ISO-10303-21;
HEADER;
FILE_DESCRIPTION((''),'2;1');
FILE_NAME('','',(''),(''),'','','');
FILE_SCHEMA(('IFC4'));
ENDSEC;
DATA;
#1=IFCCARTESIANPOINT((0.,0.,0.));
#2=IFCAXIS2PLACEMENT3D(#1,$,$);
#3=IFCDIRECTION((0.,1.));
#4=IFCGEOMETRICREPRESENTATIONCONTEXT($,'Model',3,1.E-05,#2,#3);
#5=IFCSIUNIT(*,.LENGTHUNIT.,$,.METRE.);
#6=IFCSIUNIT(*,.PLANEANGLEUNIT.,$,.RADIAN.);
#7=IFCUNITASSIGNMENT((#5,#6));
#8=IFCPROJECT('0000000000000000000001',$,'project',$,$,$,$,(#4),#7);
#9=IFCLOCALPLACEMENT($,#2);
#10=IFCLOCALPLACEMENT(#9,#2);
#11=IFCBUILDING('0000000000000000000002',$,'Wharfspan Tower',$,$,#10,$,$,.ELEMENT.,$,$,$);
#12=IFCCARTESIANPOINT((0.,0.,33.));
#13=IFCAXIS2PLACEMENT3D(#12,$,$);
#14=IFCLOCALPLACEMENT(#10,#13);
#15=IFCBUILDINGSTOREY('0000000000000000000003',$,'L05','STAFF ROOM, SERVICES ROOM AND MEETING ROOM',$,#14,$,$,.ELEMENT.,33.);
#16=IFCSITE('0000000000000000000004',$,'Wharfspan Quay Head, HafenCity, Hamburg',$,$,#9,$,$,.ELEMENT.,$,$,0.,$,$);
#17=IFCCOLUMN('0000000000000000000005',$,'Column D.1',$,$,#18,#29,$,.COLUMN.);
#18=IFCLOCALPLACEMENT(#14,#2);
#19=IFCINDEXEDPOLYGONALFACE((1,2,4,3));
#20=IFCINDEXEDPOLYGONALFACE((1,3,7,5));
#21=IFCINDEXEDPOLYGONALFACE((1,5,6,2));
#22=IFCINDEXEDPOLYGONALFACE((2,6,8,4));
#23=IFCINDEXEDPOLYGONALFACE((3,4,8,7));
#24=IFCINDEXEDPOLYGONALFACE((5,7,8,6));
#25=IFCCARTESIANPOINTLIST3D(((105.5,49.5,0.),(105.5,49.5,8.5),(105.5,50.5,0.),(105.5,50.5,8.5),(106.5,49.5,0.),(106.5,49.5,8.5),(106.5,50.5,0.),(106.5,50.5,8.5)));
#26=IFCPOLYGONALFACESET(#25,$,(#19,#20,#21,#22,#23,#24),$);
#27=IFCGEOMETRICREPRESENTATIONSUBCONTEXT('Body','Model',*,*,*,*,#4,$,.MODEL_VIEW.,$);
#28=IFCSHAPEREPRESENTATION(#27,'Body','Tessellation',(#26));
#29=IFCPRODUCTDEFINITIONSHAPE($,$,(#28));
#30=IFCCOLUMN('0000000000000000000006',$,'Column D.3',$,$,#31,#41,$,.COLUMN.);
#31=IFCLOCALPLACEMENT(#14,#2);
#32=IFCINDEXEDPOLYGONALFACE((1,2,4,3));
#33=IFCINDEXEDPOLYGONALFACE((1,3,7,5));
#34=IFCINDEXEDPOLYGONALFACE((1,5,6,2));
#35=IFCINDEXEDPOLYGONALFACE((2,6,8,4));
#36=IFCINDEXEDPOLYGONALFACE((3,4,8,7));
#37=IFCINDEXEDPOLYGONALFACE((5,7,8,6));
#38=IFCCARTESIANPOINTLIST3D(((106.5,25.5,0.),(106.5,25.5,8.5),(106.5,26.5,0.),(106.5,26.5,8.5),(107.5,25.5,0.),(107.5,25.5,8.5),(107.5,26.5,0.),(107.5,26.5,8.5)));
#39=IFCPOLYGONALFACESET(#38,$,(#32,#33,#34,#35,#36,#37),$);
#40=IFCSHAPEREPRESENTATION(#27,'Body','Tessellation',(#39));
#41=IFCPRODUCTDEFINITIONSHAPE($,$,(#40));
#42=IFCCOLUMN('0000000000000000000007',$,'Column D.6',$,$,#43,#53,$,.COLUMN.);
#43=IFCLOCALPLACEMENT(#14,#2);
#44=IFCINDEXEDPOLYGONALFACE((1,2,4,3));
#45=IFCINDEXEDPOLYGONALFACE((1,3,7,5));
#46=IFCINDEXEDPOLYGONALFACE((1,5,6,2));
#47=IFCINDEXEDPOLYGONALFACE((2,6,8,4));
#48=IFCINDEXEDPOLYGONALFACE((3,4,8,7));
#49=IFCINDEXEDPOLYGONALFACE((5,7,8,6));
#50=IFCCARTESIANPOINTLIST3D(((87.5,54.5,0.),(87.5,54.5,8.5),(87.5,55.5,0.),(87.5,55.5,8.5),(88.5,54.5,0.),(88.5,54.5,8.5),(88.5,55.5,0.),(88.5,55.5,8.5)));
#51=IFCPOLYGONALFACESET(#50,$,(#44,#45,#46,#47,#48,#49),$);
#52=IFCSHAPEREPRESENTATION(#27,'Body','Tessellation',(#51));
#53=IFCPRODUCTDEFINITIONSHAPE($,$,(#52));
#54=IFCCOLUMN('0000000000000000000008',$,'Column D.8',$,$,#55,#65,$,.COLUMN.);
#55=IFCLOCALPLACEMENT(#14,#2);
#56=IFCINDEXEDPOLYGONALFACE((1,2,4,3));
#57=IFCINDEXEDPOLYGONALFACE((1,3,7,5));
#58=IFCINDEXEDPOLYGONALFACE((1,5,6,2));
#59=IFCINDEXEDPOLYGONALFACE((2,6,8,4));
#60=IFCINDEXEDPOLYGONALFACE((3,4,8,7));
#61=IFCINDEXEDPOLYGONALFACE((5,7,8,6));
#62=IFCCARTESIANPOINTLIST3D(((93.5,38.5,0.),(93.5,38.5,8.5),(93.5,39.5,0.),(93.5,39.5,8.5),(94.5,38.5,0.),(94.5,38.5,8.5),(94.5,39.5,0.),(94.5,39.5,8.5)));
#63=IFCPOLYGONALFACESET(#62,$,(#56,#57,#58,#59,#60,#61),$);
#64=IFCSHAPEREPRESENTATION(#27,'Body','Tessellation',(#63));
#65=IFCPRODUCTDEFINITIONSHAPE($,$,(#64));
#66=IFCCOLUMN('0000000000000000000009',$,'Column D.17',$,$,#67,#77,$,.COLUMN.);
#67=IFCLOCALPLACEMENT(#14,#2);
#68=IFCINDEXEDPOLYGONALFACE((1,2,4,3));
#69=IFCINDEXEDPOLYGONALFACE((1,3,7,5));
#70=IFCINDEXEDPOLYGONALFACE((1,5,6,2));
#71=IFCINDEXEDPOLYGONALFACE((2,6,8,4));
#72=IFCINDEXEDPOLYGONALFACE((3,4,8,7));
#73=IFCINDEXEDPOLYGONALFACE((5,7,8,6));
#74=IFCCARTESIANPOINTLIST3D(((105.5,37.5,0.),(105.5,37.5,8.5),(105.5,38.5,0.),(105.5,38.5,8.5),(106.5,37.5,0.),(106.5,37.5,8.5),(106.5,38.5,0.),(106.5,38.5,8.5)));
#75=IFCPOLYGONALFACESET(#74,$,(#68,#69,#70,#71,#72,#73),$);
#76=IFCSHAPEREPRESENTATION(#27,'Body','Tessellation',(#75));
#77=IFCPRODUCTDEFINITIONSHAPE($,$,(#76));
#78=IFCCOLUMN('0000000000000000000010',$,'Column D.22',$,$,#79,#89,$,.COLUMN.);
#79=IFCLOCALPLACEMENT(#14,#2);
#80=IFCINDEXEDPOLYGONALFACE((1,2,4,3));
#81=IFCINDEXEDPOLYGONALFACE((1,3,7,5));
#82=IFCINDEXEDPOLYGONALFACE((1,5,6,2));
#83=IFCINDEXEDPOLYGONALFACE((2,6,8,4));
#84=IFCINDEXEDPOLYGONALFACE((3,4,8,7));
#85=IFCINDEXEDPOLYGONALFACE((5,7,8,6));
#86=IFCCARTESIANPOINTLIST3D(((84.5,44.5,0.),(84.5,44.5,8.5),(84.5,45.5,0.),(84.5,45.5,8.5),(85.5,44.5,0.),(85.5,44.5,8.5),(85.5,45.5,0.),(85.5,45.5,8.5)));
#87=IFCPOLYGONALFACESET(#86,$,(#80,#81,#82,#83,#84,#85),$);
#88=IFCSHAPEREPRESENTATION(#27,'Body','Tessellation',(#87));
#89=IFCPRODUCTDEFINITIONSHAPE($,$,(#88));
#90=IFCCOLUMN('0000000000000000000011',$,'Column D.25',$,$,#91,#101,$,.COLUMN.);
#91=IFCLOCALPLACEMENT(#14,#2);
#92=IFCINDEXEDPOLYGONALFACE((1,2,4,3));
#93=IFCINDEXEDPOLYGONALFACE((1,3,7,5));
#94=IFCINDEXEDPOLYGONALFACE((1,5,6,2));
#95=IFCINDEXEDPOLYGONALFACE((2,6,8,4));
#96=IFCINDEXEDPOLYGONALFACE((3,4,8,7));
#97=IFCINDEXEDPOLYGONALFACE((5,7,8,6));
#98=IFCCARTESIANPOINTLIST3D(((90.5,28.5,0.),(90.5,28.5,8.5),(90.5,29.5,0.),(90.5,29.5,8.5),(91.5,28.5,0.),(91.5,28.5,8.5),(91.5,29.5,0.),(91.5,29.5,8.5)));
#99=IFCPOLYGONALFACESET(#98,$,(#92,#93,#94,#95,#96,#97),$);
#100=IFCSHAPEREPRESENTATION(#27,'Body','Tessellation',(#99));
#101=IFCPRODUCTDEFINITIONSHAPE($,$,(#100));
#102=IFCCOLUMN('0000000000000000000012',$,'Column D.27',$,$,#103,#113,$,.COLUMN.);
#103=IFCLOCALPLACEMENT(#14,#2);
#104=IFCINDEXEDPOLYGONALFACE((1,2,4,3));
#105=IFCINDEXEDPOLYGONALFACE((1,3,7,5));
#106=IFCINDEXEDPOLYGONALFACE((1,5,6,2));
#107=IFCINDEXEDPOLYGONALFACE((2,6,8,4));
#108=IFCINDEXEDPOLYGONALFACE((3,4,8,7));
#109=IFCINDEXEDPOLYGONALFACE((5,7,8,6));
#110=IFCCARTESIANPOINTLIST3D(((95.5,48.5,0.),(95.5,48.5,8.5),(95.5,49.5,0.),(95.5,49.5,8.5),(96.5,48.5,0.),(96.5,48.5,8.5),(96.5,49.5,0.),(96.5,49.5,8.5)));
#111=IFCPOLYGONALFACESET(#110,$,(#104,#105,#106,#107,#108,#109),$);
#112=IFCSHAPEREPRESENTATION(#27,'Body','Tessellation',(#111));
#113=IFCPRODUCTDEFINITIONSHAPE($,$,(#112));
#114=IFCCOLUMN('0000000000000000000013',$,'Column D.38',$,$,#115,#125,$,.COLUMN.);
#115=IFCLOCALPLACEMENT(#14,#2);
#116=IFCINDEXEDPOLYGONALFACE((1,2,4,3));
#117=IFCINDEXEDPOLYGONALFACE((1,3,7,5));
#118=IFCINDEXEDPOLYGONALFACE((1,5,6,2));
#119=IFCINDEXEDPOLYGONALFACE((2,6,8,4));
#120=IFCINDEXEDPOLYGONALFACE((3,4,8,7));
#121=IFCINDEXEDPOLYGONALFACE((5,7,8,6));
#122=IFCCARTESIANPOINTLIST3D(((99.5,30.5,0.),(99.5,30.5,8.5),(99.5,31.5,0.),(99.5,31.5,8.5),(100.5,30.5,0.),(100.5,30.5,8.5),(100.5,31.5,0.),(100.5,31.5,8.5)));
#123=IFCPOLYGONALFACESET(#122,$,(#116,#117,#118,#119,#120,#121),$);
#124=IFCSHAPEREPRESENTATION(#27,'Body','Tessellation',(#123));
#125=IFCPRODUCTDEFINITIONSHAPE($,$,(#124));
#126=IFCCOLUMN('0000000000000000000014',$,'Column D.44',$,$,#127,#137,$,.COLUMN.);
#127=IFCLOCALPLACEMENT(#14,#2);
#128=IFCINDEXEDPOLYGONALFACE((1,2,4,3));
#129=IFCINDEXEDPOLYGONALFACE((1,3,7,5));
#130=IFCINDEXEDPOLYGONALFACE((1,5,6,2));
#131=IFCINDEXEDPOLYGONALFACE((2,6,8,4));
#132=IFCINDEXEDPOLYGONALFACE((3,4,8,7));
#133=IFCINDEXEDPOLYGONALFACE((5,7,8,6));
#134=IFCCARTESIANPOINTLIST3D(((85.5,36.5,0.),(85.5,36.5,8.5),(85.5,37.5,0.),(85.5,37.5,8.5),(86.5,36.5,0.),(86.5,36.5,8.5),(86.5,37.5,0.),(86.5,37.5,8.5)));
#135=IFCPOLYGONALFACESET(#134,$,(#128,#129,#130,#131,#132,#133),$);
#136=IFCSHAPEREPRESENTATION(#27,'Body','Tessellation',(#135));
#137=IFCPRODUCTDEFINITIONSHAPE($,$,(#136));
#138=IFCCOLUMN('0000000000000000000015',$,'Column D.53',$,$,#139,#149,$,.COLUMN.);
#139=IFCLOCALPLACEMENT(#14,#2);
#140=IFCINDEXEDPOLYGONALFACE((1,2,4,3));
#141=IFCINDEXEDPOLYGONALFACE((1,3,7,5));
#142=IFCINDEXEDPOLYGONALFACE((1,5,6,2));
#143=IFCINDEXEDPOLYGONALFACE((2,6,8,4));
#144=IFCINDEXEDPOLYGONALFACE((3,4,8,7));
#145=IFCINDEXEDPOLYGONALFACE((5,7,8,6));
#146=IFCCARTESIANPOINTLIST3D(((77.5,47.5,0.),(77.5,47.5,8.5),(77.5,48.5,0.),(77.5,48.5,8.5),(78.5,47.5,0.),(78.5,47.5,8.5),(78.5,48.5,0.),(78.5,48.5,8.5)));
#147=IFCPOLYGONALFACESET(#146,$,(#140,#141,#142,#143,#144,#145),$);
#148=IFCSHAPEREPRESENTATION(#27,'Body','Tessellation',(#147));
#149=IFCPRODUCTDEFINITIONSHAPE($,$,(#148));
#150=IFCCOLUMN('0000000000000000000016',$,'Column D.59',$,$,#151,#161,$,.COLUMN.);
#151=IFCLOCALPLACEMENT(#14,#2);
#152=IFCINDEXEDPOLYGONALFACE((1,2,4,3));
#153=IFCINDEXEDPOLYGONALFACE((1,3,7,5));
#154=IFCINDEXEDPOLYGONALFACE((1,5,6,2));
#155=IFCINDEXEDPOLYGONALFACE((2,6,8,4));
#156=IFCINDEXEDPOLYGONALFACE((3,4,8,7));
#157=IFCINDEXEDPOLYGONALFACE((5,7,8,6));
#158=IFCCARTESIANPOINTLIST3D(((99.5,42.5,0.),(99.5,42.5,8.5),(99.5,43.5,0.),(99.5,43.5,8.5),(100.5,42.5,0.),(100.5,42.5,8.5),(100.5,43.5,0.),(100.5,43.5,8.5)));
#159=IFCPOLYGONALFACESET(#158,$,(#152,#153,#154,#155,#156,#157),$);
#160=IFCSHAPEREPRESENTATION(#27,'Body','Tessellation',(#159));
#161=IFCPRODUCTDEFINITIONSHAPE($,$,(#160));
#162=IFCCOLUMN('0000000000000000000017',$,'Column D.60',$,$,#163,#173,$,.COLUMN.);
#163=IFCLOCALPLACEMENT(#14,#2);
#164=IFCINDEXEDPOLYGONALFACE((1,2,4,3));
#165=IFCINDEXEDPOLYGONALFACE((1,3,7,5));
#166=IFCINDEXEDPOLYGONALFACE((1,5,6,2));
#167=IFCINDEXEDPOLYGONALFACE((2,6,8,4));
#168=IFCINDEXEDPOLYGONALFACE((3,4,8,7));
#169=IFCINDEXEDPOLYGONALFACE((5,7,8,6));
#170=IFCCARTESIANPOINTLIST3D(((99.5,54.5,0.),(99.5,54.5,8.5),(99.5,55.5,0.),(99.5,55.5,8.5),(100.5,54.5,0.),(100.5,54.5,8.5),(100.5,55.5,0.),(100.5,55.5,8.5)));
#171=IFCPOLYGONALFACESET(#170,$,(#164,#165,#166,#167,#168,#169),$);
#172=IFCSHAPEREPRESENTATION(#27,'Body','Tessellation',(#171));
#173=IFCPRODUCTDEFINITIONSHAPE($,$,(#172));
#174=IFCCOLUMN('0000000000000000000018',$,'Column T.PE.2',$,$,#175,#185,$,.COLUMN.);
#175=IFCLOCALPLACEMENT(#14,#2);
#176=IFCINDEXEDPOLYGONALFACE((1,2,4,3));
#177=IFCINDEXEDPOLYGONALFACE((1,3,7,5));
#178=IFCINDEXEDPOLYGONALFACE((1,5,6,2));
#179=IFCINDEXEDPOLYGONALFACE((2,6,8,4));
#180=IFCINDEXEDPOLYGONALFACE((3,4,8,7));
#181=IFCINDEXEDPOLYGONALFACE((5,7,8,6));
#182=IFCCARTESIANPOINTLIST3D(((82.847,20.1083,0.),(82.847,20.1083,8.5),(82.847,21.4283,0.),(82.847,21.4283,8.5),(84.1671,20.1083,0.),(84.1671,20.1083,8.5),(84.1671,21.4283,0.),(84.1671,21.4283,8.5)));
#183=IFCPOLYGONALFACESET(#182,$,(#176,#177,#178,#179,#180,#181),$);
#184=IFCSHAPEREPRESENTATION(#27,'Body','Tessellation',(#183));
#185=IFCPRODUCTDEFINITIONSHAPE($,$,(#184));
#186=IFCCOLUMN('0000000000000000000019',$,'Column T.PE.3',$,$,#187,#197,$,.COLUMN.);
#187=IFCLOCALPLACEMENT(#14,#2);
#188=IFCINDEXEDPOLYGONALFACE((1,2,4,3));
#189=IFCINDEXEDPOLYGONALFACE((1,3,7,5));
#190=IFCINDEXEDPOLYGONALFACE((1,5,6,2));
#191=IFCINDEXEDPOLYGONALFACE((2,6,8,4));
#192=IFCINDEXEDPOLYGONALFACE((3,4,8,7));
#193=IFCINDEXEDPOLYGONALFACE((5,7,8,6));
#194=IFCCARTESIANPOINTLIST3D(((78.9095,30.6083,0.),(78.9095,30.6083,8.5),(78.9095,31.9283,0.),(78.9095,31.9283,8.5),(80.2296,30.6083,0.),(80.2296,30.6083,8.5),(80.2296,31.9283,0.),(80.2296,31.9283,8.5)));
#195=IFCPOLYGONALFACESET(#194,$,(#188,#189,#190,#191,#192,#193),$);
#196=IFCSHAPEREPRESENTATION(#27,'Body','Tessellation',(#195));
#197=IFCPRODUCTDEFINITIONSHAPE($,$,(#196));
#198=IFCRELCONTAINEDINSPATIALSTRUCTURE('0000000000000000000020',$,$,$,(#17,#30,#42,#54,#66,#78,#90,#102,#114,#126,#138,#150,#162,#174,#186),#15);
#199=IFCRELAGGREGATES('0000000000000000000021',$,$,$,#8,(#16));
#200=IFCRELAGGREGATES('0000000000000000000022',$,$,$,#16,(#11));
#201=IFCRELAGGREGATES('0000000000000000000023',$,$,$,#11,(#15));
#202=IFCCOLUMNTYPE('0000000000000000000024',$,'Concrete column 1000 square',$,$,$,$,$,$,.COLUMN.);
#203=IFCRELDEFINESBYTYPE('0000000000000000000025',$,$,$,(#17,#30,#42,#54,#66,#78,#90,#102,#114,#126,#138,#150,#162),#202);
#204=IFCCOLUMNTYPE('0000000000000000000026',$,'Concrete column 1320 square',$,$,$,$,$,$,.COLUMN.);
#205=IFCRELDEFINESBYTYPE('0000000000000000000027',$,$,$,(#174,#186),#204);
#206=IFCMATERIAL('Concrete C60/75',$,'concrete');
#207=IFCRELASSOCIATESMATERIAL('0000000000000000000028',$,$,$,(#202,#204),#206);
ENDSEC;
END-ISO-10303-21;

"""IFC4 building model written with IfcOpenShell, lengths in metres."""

from ifc_helpers import new_model, si_unit, direction, frame, origin, origin_2d, place, context, subcontext, project, spatial, rectangle, extrude, material, material_profile, profile_set, type_object, element, save


model = new_model("IFC4")

# Units and contexts
model_context = context("Model", 3, precision=1e-05, world=origin(), true_north=direction((0.0, 1.0)))
body_context = subcontext(model_context, "Body", "Model", "MODEL_VIEW")
ifc_project = project(units=[si_unit("LENGTHUNIT", "METRE"), si_unit("PLANEANGLEUNIT", "RADIAN")], contexts=[model_context])

# Site, building, storey
site_placement = place(None, origin())
site = spatial("IfcSite", under=ifc_project, at=site_placement, Name="Wharfspan Quay Head, HafenCity, Hamburg", CompositionType="ELEMENT", RefElevation=0.0)
building_placement = place(site_placement, origin())
building = spatial("IfcBuilding", under=site, at=building_placement, Name="Wharfspan Tower", CompositionType="ELEMENT")
storey_placement = place(building_placement, frame((0.0, 0.0, 33.0)))
storey = spatial("IfcBuildingStorey", under=building, at=storey_placement, Name="L05", Description="STAFF ROOM, SERVICES ROOM AND MEETING ROOM", CompositionType="ELEMENT", Elevation=33.0)

# Columns
ifc_material_1 = material(Name="Concrete C60/75", Category="concrete")
ifc_material_profile_1 = material_profile(ifc_material_1, rectangle(XDim=1.0, YDim=1.0, at=origin_2d()))
ifc_profile_set_1 = profile_set([ifc_material_profile_1], Name="Concrete C60/75")
column_type_1 = type_object("IfcColumnType", Name="Concrete column 1000 square", PredefinedType="COLUMN", material=ifc_profile_set_1)
for number, where, z_axis, x_axis, name in (
    (1, (106.0, 50.0, 0.0), (0.0, 0.0, 1.0), (1.0, 0.0, 0.0), "Column D.1"),
    (2, (107.0, 26.0, 0.0), (0.0, 0.0, 1.0), (1.0, 0.0, 0.0), "Column D.3"),
    (3, (88.0, 55.0, 0.0), (0.0, 0.0, 1.0), (1.0, 0.0, 0.0), "Column D.6"),
    (4, (94.0, 39.0, 0.0), (0.0, 0.0, 1.0), (1.0, 0.0, 0.0), "Column D.8"),
    (5, (106.0, 38.0, 0.0), (0.0, 0.0, 1.0), (1.0, 0.0, 0.0), "Column D.17"),
    (6, (85.0, 45.0, 0.0), (0.0, 0.0, 1.0), (1.0, 0.0, 0.0), "Column D.22"),
    (7, (91.0, 29.0, 0.0), (0.0, 0.0, 1.0), (1.0, 0.0, 0.0), "Column D.25"),
    (8, (96.0, 49.0, 0.0), (0.0, 0.0, 1.0), (1.0, 0.0, 0.0), "Column D.27"),
    (9, (100.0, 31.0, 0.0), (0.0, 0.0, 1.0), (1.0, 0.0, 0.0), "Column D.38"),
    (10, (86.0, 37.0, 0.0), (0.0, 0.0, 1.0), (1.0, 0.0, 0.0), "Column D.44"),
    (11, (78.0, 48.0, 0.0), (0.0, 0.0, 1.0), (1.0, 0.0, 0.0), "Column D.53"),
    (12, (100.0, 43.0, 0.0), (0.0, 0.0, 1.0), (1.0, 0.0, 0.0), "Column D.59"),
    (13, (100.0, 55.0, 0.0), (0.0, 0.0, 1.0), (1.0, 0.0, 0.0), "Column D.60"),
):
    element("IfcColumn", number, at=place(storey_placement, frame(where, z_axis=z_axis, x_axis=x_axis)), inside=storey, type_object=column_type_1, Name=name, PredefinedType="COLUMN", context=body_context, shape_type="SweptSolid", body=[
        extrude(rectangle(XDim=1.0, YDim=1.0, at=origin_2d()), origin(), (0.0, 0.0, 1.0), 8.5),
    ])
ifc_material_profile_2 = material_profile(ifc_material_1, rectangle(XDim=1.3201, YDim=1.3201, at=origin_2d()))
ifc_profile_set_2 = profile_set([ifc_material_profile_2], Name="Concrete C60/75")
column_type_2 = type_object("IfcColumnType", Name="Concrete column 1320 square", PredefinedType="COLUMN", material=ifc_profile_set_2)
for number, where, z_axis, x_axis, name in (
    (14, (83.5071, 20.7683, 0.0), (0.0, 0.0, 1.0), (1.0, 0.0, 0.0), "Column T.PE.2"),
    (15, (79.5696, 31.2683, 0.0), (0.0, 0.0, 1.0), (1.0, 0.0, 0.0), "Column T.PE.3"),
):
    element("IfcColumn", number, at=place(storey_placement, frame(where, z_axis=z_axis, x_axis=x_axis)), inside=storey, type_object=column_type_2, Name=name, PredefinedType="COLUMN", context=body_context, shape_type="SweptSolid", body=[
        extrude(rectangle(XDim=1.3201, YDim=1.3201, at=origin_2d()), origin(), (0.0, 0.0, 1.0), 8.5),
    ])

save(model, "model.ifc")
